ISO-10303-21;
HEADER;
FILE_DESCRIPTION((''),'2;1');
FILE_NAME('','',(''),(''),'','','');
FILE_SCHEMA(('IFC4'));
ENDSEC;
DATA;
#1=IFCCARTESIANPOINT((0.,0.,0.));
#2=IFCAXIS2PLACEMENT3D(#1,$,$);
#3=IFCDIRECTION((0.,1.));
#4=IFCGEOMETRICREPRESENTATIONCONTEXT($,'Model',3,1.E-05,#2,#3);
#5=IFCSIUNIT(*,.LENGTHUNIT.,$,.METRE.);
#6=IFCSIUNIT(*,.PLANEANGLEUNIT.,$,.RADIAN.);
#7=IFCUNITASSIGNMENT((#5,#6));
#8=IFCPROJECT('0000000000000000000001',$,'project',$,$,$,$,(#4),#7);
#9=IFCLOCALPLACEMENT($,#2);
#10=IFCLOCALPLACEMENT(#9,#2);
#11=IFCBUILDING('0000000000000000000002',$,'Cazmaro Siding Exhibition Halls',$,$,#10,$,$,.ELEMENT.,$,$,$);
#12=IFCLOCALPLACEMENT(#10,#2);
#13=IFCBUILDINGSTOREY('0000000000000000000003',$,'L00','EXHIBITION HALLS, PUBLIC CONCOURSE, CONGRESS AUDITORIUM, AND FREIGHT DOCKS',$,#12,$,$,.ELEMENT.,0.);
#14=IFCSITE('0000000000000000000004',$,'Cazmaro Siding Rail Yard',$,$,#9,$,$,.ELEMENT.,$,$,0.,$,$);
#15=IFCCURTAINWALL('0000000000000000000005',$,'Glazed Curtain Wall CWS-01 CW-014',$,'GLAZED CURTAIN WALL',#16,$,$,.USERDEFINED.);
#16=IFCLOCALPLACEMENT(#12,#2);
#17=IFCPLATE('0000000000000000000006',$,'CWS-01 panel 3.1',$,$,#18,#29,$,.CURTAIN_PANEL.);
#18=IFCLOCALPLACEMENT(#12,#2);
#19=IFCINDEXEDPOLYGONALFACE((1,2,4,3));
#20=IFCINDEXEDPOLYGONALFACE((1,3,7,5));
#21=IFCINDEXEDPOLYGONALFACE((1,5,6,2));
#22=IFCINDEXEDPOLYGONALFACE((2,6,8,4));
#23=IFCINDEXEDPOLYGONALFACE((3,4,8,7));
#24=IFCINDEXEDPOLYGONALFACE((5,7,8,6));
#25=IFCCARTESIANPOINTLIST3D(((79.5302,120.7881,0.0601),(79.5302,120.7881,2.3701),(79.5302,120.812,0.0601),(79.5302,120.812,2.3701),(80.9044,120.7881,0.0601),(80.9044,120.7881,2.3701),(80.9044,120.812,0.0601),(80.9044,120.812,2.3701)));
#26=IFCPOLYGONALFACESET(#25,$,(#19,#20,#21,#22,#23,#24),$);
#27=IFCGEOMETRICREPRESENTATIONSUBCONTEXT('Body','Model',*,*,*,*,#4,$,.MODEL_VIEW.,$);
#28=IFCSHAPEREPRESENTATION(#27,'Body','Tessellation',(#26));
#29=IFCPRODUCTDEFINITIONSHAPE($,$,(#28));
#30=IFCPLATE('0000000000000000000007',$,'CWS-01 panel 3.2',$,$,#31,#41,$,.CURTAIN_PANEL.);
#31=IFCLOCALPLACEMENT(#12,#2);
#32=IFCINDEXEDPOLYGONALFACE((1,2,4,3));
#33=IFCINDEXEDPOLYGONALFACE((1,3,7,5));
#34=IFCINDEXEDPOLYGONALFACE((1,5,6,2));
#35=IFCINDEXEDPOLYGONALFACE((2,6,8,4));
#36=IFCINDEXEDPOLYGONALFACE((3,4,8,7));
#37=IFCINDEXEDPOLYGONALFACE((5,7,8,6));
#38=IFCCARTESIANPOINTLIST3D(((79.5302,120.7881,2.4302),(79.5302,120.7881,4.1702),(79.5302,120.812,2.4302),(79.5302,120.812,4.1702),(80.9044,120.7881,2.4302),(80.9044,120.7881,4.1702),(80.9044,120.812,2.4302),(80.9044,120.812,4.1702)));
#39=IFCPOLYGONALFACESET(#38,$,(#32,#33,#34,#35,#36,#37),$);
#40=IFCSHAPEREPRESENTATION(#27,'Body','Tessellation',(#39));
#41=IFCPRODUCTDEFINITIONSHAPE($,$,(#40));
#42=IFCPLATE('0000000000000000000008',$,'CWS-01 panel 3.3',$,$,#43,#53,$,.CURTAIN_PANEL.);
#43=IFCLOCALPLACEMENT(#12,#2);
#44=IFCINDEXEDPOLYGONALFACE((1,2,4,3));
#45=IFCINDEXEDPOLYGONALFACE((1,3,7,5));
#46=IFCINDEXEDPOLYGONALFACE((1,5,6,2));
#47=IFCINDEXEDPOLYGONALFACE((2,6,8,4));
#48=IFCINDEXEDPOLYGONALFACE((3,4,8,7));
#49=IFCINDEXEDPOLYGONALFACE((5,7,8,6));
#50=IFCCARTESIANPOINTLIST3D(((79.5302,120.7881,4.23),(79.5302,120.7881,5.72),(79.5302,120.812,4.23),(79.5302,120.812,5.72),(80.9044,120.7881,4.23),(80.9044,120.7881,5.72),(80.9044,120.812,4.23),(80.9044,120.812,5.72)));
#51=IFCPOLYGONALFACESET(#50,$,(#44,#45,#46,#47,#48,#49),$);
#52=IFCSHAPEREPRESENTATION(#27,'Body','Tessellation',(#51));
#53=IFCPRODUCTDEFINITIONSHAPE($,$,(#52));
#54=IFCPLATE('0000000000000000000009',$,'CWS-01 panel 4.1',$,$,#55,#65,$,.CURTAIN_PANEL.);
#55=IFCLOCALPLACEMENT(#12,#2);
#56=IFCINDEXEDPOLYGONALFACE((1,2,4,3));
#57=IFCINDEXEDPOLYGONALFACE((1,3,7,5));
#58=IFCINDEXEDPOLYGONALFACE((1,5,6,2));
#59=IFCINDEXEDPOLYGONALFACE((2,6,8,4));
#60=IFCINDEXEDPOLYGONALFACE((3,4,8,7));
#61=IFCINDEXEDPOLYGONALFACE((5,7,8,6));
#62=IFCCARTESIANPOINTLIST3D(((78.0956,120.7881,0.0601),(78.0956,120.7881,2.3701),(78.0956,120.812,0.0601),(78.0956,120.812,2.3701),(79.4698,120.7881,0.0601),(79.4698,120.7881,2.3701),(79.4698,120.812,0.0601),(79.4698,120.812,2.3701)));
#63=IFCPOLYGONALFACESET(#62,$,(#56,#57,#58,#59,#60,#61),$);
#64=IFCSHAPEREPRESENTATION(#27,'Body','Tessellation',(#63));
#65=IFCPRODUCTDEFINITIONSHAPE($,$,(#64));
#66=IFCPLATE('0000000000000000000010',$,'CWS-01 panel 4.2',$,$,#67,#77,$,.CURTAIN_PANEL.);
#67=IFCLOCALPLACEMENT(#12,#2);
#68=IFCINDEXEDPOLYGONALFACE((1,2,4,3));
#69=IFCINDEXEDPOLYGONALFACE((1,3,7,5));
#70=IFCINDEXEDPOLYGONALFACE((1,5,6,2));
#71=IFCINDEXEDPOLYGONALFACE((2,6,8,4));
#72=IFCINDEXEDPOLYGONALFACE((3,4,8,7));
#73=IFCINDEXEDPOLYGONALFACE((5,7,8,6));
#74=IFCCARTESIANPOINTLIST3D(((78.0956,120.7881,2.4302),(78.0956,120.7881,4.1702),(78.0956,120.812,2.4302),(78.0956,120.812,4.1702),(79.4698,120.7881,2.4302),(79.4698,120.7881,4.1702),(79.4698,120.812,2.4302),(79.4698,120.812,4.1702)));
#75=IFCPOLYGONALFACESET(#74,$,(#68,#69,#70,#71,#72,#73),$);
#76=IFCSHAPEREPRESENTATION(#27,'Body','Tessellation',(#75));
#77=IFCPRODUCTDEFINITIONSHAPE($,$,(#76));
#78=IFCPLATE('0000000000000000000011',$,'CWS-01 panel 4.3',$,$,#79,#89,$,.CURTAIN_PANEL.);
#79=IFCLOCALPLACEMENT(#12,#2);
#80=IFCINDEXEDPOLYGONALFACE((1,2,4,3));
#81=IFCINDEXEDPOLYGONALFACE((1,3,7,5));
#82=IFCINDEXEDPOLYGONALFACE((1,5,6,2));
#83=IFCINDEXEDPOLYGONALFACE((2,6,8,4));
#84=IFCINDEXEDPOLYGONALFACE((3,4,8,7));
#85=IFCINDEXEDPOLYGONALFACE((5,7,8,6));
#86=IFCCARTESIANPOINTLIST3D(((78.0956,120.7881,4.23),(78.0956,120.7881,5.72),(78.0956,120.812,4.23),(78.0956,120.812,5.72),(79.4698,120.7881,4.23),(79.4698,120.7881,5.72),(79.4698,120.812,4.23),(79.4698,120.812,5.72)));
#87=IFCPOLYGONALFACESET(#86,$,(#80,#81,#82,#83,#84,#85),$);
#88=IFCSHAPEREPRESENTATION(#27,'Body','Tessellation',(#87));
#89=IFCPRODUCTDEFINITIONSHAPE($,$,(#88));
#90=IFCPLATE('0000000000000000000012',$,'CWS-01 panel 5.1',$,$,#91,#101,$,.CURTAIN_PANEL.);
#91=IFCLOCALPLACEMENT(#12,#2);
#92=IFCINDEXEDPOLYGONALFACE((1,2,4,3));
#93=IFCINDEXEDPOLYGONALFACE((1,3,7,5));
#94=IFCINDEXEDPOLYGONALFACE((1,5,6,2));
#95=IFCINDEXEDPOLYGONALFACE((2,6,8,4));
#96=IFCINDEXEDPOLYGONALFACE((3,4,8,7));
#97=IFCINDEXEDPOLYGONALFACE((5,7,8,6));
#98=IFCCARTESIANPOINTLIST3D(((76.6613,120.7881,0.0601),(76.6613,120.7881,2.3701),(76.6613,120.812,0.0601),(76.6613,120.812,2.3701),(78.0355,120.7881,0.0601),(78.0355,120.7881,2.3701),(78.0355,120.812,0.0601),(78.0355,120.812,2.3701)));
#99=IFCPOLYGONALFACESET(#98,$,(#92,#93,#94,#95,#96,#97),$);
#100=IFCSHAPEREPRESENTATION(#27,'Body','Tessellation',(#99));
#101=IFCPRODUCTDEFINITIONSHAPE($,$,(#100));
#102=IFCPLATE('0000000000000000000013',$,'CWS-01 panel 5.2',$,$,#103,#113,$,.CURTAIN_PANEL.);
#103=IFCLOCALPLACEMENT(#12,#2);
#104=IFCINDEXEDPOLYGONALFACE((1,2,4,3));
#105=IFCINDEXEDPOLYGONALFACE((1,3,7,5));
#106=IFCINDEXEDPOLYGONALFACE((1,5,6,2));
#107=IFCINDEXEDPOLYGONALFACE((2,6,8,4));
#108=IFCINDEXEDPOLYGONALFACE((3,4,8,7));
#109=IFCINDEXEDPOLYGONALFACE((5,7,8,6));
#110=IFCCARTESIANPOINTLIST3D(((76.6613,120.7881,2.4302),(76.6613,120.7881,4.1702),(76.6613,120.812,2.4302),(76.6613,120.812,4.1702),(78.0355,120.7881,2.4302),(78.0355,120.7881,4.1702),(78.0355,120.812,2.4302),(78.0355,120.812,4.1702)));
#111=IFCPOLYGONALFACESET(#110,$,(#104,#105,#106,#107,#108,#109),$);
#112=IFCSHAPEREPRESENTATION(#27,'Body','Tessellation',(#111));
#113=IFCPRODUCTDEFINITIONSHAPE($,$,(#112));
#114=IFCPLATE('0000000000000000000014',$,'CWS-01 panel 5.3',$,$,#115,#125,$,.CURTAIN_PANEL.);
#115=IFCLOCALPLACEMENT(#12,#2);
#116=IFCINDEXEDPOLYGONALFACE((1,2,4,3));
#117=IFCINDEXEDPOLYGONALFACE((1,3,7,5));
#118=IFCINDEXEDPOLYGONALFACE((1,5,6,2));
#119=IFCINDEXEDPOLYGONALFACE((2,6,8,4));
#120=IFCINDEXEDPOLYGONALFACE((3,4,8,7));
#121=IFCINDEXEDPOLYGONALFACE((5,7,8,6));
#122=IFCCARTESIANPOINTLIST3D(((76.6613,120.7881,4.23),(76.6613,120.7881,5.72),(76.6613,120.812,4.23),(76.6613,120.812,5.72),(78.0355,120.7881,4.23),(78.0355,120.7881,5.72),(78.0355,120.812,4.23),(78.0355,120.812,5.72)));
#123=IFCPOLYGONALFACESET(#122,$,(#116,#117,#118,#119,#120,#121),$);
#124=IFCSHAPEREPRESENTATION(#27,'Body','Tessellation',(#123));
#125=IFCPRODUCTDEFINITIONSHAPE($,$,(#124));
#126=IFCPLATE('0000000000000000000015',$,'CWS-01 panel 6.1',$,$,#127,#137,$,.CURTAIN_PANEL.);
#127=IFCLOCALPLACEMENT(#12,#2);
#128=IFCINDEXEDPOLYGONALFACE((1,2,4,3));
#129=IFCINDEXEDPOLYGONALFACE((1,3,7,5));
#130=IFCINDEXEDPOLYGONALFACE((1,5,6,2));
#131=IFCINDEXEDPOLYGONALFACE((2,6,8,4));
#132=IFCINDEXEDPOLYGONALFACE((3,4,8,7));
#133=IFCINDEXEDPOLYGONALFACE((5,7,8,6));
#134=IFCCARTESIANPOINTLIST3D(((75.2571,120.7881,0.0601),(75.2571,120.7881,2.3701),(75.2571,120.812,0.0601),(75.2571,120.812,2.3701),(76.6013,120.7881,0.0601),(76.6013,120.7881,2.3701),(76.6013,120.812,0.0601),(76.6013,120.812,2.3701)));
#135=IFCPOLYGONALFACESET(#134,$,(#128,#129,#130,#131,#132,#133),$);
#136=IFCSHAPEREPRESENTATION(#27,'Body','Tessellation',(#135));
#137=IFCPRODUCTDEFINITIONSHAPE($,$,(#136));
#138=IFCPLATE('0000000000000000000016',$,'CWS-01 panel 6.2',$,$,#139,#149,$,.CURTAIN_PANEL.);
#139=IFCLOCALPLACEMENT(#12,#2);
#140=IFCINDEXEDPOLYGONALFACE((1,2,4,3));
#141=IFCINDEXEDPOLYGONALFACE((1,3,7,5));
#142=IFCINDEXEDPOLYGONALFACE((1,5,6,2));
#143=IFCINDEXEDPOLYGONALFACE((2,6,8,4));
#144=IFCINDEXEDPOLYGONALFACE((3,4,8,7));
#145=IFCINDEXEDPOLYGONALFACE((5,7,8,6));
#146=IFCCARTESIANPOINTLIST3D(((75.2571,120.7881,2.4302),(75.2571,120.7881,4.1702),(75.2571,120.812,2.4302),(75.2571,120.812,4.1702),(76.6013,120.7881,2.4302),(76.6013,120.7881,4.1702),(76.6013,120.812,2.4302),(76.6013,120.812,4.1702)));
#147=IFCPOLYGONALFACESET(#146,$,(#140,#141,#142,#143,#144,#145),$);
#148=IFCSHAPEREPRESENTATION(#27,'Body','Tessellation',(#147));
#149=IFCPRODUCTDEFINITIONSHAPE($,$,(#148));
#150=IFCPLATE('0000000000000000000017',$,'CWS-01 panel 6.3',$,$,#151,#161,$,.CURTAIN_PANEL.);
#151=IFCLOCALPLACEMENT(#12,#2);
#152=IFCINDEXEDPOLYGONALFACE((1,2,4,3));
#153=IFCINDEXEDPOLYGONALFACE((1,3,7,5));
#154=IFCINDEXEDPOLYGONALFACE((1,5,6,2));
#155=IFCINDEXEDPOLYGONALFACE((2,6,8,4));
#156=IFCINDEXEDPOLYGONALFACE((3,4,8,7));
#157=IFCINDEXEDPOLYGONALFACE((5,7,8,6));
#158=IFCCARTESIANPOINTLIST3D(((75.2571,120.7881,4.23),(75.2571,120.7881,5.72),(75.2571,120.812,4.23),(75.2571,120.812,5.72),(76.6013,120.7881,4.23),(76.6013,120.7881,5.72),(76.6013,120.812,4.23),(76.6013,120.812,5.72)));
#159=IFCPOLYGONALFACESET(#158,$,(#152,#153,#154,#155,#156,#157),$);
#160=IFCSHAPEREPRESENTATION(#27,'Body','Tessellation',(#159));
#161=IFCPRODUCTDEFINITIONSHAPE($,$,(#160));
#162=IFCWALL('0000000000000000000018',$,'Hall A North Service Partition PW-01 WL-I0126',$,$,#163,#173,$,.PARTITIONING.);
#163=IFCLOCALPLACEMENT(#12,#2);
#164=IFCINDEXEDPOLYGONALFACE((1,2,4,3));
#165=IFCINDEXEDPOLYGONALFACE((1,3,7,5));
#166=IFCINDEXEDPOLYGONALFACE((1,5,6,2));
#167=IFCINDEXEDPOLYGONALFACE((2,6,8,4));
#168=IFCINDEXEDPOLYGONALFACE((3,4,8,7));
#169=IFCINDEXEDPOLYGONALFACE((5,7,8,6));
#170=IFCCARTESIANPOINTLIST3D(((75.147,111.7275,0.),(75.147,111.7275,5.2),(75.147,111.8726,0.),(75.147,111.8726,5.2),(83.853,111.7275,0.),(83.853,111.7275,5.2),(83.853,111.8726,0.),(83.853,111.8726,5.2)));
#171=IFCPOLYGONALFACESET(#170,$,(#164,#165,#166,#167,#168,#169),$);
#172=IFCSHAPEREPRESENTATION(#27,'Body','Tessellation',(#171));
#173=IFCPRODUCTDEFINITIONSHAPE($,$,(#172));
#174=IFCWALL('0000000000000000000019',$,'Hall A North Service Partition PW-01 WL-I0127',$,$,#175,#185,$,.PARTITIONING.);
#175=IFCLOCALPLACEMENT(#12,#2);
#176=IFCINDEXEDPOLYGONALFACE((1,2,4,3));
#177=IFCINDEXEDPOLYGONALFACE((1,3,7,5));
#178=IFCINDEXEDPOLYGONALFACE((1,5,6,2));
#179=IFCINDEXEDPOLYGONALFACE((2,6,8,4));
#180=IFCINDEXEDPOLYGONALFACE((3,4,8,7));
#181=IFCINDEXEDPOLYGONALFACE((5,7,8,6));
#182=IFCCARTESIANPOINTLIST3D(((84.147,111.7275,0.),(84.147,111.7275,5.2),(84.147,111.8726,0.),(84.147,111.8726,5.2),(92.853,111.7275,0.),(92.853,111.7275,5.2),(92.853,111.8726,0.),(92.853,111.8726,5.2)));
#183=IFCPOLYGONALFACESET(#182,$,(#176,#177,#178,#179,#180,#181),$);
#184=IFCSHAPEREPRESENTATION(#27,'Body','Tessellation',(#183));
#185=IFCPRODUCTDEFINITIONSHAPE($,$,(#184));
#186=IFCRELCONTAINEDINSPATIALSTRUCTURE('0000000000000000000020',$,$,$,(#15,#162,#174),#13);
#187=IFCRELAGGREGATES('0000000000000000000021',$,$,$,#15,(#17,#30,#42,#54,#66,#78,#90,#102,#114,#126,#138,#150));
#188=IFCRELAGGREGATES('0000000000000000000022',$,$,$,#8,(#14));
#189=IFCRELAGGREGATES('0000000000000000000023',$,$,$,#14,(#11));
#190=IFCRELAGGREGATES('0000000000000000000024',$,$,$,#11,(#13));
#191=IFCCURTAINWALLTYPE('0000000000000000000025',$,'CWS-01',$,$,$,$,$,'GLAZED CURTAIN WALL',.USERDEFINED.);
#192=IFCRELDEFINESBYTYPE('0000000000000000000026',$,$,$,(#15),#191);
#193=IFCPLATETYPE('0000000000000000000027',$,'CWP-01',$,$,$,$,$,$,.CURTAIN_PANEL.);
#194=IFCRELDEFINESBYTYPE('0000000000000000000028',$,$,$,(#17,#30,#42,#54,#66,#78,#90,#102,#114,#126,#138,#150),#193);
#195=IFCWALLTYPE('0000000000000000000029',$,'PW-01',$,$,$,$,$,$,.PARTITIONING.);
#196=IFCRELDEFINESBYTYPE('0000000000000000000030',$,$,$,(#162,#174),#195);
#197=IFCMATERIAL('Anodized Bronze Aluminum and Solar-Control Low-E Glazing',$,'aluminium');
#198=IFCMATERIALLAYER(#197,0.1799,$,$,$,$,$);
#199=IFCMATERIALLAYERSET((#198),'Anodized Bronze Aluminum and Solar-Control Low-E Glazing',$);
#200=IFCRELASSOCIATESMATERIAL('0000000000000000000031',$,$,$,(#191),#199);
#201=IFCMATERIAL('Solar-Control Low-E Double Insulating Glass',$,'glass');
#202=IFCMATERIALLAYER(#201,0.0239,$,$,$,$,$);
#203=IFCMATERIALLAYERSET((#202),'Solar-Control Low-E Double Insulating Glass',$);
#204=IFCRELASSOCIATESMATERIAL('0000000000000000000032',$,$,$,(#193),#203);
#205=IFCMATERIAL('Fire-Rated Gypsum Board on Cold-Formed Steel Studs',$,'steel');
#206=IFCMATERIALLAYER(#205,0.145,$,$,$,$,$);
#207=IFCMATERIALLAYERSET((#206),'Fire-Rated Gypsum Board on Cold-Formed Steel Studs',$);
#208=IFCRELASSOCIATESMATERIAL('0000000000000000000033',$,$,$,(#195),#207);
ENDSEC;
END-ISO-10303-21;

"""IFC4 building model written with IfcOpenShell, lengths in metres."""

from ifc_helpers import new_model, si_unit, direction, frame, frame_2d, origin, origin_2d, place, context, subcontext, project, spatial, rectangle, extrude, material, layer, layer_set, type_object, element, aggregate, save


model = new_model("IFC4")

# Units and contexts
model_context = context("Model", 3, precision=1e-05, world=origin(), true_north=direction((0.0, 1.0)))
body_context = subcontext(model_context, "Body", "Model", "MODEL_VIEW")
ifc_project = project(units=[si_unit("LENGTHUNIT", "METRE"), si_unit("PLANEANGLEUNIT", "RADIAN")], contexts=[model_context])

# Site, building, storey
site_placement = place(None, origin())
site = spatial("IfcSite", under=ifc_project, at=site_placement, Name="Cazmaro Siding Rail Yard", CompositionType="ELEMENT", RefElevation=0.0)
building_placement = place(site_placement, origin())
building = spatial("IfcBuilding", under=site, at=building_placement, Name="Cazmaro Siding Exhibition Halls", CompositionType="ELEMENT")
storey_placement = place(building_placement, origin())
storey = spatial("IfcBuildingStorey", under=building, at=storey_placement, Name="L00", Description="EXHIBITION HALLS, PUBLIC CONCOURSE, CONGRESS AUDITORIUM, AND FREIGHT DOCKS", CompositionType="ELEMENT", Elevation=0.0)

# Curtain wall, plates
ifc_material_1 = material(Name="Anodized Bronze Aluminum and Solar-Control Low-E Glazing", Category="aluminium")
ifc_layer_1 = layer(ifc_material_1, 0.1799)
ifc_layer_set_1 = layer_set([ifc_layer_1], Name="Anodized Bronze Aluminum and Solar-Control Low-E Glazing")
curtain_wall_type = type_object("IfcCurtainWallType", Name="CWS-01", ElementType="GLAZED CURTAIN WALL", PredefinedType="USERDEFINED", material=ifc_layer_set_1)
curtain_wall_placement = place(storey_placement, origin())
curtain_wall = element("IfcCurtainWall", 1, at=curtain_wall_placement, inside=storey, type_object=curtain_wall_type, Name="Glazed Curtain Wall CWS-01 CW-014", ObjectType="GLAZED CURTAIN WALL", PredefinedType="USERDEFINED")
ifc_material_2 = material(Name="Solar-Control Low-E Double Insulating Glass", Category="glass")
ifc_layer_2 = layer(ifc_material_2, 0.0239)
ifc_layer_set_2 = layer_set([ifc_layer_2], Name="Solar-Control Low-E Double Insulating Glass")
plate_type = type_object("IfcPlateType", Name="CWP-01", PredefinedType="CURTAIN_PANEL", material=ifc_layer_set_2)
plate_1_placement = place(storey_placement, frame((80.2173, 120.8, 0.0601), z_axis=(0.0, 0.0, 1.0), x_axis=(-1.0, 0.0, 0.0)))
plate_1 = element("IfcPlate", 2, at=plate_1_placement, type_object=plate_type, Name="CWS-01 panel 3.1", PredefinedType="CURTAIN_PANEL", context=body_context, shape_type="SweptSolid", body=[
    extrude(rectangle(XDim=1.3743, YDim=0.0239, at=origin_2d()), origin(), (0.0, 0.0, 1.0), 2.3101),
])
plate_2_placement = place(storey_placement, frame((80.2173, 120.8, 2.4302), z_axis=(0.0, 0.0, 1.0), x_axis=(-1.0, 0.0, 0.0)))
plate_2 = element("IfcPlate", 3, at=plate_2_placement, type_object=plate_type, Name="CWS-01 panel 3.2", PredefinedType="CURTAIN_PANEL", context=body_context, shape_type="SweptSolid", body=[
    extrude(rectangle(XDim=1.3743, YDim=0.0239, at=origin_2d()), origin(), (0.0, 0.0, 1.0), 1.74),
])
plate_3_placement = place(storey_placement, frame((80.2173, 120.8, 4.23), z_axis=(0.0, 0.0, 1.0), x_axis=(-1.0, 0.0, 0.0)))
plate_3 = element("IfcPlate", 4, at=plate_3_placement, type_object=plate_type, Name="CWS-01 panel 3.3", PredefinedType="CURTAIN_PANEL", context=body_context, shape_type="SweptSolid", body=[
    extrude(rectangle(XDim=1.3743, YDim=0.0239, at=origin_2d()), origin(), (0.0, 0.0, 1.0), 1.49),
])
plate_4_placement = place(storey_placement, frame((78.7827, 120.8, 0.0601), z_axis=(0.0, 0.0, 1.0), x_axis=(-1.0, 0.0, 0.0)))
plate_4 = element("IfcPlate", 5, at=plate_4_placement, type_object=plate_type, Name="CWS-01 panel 4.1", PredefinedType="CURTAIN_PANEL", context=body_context, shape_type="SweptSolid", body=[
    extrude(rectangle(XDim=1.3743, YDim=0.0239, at=origin_2d()), origin(), (0.0, 0.0, 1.0), 2.3101),
])
plate_5_placement = place(storey_placement, frame((78.7827, 120.8, 2.4302), z_axis=(0.0, 0.0, 1.0), x_axis=(-1.0, 0.0, 0.0)))
plate_5 = element("IfcPlate", 6, at=plate_5_placement, type_object=plate_type, Name="CWS-01 panel 4.2", PredefinedType="CURTAIN_PANEL", context=body_context, shape_type="SweptSolid", body=[
    extrude(rectangle(XDim=1.3743, YDim=0.0239, at=origin_2d()), origin(), (0.0, 0.0, 1.0), 1.74),
])
plate_6_placement = place(storey_placement, frame((78.7827, 120.8, 4.23), z_axis=(0.0, 0.0, 1.0), x_axis=(-1.0, 0.0, 0.0)))
plate_6 = element("IfcPlate", 7, at=plate_6_placement, type_object=plate_type, Name="CWS-01 panel 4.3", PredefinedType="CURTAIN_PANEL", context=body_context, shape_type="SweptSolid", body=[
    extrude(rectangle(XDim=1.3743, YDim=0.0239, at=origin_2d()), origin(), (0.0, 0.0, 1.0), 1.49),
])
plate_7_placement = place(storey_placement, frame((77.3484, 120.8, 0.0601), z_axis=(0.0, 0.0, 1.0), x_axis=(-1.0, 0.0, 0.0)))
plate_7 = element("IfcPlate", 8, at=plate_7_placement, type_object=plate_type, Name="CWS-01 panel 5.1", PredefinedType="CURTAIN_PANEL", context=body_context, shape_type="SweptSolid", body=[
    extrude(rectangle(XDim=1.3743, YDim=0.0239, at=origin_2d()), origin(), (0.0, 0.0, 1.0), 2.3101),
])
plate_8_placement = place(storey_placement, frame((77.3484, 120.8, 2.4302), z_axis=(0.0, 0.0, 1.0), x_axis=(-1.0, 0.0, 0.0)))
plate_8 = element("IfcPlate", 9, at=plate_8_placement, type_object=plate_type, Name="CWS-01 panel 5.2", PredefinedType="CURTAIN_PANEL", context=body_context, shape_type="SweptSolid", body=[
    extrude(rectangle(XDim=1.3743, YDim=0.0239, at=origin_2d()), origin(), (0.0, 0.0, 1.0), 1.74),
])
plate_9_placement = place(storey_placement, frame((77.3484, 120.8, 4.23), z_axis=(0.0, 0.0, 1.0), x_axis=(-1.0, 0.0, 0.0)))
plate_9 = element("IfcPlate", 10, at=plate_9_placement, type_object=plate_type, Name="CWS-01 panel 5.3", PredefinedType="CURTAIN_PANEL", context=body_context, shape_type="SweptSolid", body=[
    extrude(rectangle(XDim=1.3743, YDim=0.0239, at=origin_2d()), origin(), (0.0, 0.0, 1.0), 1.49),
])
plate_10_placement = place(storey_placement, frame((75.9292, 120.8, 0.0601), z_axis=(0.0, 0.0, 1.0), x_axis=(-1.0, 0.0, 0.0)))
plate_10 = element("IfcPlate", 11, at=plate_10_placement, type_object=plate_type, Name="CWS-01 panel 6.1", PredefinedType="CURTAIN_PANEL", context=body_context, shape_type="SweptSolid", body=[
    extrude(rectangle(XDim=1.3442, YDim=0.0239, at=origin_2d()), origin(), (0.0, 0.0, 1.0), 2.3101),
])
plate_11_placement = place(storey_placement, frame((75.9292, 120.8, 2.4302), z_axis=(0.0, 0.0, 1.0), x_axis=(-1.0, 0.0, 0.0)))
plate_11 = element("IfcPlate", 12, at=plate_11_placement, type_object=plate_type, Name="CWS-01 panel 6.2", PredefinedType="CURTAIN_PANEL", context=body_context, shape_type="SweptSolid", body=[
    extrude(rectangle(XDim=1.3442, YDim=0.0239, at=origin_2d()), origin(), (0.0, 0.0, 1.0), 1.74),
])
plate_12_placement = place(storey_placement, frame((75.9292, 120.8, 4.23), z_axis=(0.0, 0.0, 1.0), x_axis=(-1.0, 0.0, 0.0)))
plate_12 = element("IfcPlate", 13, at=plate_12_placement, type_object=plate_type, Name="CWS-01 panel 6.3", PredefinedType="CURTAIN_PANEL", context=body_context, shape_type="SweptSolid", body=[
    extrude(rectangle(XDim=1.3442, YDim=0.0239, at=origin_2d()), origin(), (0.0, 0.0, 1.0), 1.49),
])
aggregate(curtain_wall, [plate_1, plate_2, plate_3, plate_4, plate_5, plate_6, plate_7, plate_8, plate_9, plate_10, plate_11, plate_12])

# Walls
ifc_material_3 = material(Name="Fire-Rated Gypsum Board on Cold-Formed Steel Studs", Category="steel")
ifc_layer_3 = layer(ifc_material_3, 0.145)
ifc_layer_set_3 = layer_set([ifc_layer_3], Name="Fire-Rated Gypsum Board on Cold-Formed Steel Studs")
wall_type = type_object("IfcWallType", Name="PW-01", PredefinedType="PARTITIONING", material=ifc_layer_set_3)
for number, where, z_axis, x_axis, name in (
    (14, (75.147, 111.8, 0.0), (0.0, 0.0, 1.0), (1.0, 0.0, 0.0), "Hall A North Service Partition PW-01 WL-I0126"),
    (15, (84.147, 111.8, 0.0), (0.0, 0.0, 1.0), (1.0, 0.0, 0.0), "Hall A North Service Partition PW-01 WL-I0127"),
):
    element("IfcWall", number, at=place(storey_placement, frame(where, z_axis=z_axis, x_axis=x_axis)), inside=storey, type_object=wall_type, Name=name, PredefinedType="PARTITIONING", context=body_context, shape_type="SweptSolid", body=[
        extrude(rectangle(XDim=8.7061, YDim=0.145, at=frame_2d((4.353, 0.0))), origin(), (0.0, 0.0, 1.0), 5.2),
    ])

save(model, "model.ifc")
